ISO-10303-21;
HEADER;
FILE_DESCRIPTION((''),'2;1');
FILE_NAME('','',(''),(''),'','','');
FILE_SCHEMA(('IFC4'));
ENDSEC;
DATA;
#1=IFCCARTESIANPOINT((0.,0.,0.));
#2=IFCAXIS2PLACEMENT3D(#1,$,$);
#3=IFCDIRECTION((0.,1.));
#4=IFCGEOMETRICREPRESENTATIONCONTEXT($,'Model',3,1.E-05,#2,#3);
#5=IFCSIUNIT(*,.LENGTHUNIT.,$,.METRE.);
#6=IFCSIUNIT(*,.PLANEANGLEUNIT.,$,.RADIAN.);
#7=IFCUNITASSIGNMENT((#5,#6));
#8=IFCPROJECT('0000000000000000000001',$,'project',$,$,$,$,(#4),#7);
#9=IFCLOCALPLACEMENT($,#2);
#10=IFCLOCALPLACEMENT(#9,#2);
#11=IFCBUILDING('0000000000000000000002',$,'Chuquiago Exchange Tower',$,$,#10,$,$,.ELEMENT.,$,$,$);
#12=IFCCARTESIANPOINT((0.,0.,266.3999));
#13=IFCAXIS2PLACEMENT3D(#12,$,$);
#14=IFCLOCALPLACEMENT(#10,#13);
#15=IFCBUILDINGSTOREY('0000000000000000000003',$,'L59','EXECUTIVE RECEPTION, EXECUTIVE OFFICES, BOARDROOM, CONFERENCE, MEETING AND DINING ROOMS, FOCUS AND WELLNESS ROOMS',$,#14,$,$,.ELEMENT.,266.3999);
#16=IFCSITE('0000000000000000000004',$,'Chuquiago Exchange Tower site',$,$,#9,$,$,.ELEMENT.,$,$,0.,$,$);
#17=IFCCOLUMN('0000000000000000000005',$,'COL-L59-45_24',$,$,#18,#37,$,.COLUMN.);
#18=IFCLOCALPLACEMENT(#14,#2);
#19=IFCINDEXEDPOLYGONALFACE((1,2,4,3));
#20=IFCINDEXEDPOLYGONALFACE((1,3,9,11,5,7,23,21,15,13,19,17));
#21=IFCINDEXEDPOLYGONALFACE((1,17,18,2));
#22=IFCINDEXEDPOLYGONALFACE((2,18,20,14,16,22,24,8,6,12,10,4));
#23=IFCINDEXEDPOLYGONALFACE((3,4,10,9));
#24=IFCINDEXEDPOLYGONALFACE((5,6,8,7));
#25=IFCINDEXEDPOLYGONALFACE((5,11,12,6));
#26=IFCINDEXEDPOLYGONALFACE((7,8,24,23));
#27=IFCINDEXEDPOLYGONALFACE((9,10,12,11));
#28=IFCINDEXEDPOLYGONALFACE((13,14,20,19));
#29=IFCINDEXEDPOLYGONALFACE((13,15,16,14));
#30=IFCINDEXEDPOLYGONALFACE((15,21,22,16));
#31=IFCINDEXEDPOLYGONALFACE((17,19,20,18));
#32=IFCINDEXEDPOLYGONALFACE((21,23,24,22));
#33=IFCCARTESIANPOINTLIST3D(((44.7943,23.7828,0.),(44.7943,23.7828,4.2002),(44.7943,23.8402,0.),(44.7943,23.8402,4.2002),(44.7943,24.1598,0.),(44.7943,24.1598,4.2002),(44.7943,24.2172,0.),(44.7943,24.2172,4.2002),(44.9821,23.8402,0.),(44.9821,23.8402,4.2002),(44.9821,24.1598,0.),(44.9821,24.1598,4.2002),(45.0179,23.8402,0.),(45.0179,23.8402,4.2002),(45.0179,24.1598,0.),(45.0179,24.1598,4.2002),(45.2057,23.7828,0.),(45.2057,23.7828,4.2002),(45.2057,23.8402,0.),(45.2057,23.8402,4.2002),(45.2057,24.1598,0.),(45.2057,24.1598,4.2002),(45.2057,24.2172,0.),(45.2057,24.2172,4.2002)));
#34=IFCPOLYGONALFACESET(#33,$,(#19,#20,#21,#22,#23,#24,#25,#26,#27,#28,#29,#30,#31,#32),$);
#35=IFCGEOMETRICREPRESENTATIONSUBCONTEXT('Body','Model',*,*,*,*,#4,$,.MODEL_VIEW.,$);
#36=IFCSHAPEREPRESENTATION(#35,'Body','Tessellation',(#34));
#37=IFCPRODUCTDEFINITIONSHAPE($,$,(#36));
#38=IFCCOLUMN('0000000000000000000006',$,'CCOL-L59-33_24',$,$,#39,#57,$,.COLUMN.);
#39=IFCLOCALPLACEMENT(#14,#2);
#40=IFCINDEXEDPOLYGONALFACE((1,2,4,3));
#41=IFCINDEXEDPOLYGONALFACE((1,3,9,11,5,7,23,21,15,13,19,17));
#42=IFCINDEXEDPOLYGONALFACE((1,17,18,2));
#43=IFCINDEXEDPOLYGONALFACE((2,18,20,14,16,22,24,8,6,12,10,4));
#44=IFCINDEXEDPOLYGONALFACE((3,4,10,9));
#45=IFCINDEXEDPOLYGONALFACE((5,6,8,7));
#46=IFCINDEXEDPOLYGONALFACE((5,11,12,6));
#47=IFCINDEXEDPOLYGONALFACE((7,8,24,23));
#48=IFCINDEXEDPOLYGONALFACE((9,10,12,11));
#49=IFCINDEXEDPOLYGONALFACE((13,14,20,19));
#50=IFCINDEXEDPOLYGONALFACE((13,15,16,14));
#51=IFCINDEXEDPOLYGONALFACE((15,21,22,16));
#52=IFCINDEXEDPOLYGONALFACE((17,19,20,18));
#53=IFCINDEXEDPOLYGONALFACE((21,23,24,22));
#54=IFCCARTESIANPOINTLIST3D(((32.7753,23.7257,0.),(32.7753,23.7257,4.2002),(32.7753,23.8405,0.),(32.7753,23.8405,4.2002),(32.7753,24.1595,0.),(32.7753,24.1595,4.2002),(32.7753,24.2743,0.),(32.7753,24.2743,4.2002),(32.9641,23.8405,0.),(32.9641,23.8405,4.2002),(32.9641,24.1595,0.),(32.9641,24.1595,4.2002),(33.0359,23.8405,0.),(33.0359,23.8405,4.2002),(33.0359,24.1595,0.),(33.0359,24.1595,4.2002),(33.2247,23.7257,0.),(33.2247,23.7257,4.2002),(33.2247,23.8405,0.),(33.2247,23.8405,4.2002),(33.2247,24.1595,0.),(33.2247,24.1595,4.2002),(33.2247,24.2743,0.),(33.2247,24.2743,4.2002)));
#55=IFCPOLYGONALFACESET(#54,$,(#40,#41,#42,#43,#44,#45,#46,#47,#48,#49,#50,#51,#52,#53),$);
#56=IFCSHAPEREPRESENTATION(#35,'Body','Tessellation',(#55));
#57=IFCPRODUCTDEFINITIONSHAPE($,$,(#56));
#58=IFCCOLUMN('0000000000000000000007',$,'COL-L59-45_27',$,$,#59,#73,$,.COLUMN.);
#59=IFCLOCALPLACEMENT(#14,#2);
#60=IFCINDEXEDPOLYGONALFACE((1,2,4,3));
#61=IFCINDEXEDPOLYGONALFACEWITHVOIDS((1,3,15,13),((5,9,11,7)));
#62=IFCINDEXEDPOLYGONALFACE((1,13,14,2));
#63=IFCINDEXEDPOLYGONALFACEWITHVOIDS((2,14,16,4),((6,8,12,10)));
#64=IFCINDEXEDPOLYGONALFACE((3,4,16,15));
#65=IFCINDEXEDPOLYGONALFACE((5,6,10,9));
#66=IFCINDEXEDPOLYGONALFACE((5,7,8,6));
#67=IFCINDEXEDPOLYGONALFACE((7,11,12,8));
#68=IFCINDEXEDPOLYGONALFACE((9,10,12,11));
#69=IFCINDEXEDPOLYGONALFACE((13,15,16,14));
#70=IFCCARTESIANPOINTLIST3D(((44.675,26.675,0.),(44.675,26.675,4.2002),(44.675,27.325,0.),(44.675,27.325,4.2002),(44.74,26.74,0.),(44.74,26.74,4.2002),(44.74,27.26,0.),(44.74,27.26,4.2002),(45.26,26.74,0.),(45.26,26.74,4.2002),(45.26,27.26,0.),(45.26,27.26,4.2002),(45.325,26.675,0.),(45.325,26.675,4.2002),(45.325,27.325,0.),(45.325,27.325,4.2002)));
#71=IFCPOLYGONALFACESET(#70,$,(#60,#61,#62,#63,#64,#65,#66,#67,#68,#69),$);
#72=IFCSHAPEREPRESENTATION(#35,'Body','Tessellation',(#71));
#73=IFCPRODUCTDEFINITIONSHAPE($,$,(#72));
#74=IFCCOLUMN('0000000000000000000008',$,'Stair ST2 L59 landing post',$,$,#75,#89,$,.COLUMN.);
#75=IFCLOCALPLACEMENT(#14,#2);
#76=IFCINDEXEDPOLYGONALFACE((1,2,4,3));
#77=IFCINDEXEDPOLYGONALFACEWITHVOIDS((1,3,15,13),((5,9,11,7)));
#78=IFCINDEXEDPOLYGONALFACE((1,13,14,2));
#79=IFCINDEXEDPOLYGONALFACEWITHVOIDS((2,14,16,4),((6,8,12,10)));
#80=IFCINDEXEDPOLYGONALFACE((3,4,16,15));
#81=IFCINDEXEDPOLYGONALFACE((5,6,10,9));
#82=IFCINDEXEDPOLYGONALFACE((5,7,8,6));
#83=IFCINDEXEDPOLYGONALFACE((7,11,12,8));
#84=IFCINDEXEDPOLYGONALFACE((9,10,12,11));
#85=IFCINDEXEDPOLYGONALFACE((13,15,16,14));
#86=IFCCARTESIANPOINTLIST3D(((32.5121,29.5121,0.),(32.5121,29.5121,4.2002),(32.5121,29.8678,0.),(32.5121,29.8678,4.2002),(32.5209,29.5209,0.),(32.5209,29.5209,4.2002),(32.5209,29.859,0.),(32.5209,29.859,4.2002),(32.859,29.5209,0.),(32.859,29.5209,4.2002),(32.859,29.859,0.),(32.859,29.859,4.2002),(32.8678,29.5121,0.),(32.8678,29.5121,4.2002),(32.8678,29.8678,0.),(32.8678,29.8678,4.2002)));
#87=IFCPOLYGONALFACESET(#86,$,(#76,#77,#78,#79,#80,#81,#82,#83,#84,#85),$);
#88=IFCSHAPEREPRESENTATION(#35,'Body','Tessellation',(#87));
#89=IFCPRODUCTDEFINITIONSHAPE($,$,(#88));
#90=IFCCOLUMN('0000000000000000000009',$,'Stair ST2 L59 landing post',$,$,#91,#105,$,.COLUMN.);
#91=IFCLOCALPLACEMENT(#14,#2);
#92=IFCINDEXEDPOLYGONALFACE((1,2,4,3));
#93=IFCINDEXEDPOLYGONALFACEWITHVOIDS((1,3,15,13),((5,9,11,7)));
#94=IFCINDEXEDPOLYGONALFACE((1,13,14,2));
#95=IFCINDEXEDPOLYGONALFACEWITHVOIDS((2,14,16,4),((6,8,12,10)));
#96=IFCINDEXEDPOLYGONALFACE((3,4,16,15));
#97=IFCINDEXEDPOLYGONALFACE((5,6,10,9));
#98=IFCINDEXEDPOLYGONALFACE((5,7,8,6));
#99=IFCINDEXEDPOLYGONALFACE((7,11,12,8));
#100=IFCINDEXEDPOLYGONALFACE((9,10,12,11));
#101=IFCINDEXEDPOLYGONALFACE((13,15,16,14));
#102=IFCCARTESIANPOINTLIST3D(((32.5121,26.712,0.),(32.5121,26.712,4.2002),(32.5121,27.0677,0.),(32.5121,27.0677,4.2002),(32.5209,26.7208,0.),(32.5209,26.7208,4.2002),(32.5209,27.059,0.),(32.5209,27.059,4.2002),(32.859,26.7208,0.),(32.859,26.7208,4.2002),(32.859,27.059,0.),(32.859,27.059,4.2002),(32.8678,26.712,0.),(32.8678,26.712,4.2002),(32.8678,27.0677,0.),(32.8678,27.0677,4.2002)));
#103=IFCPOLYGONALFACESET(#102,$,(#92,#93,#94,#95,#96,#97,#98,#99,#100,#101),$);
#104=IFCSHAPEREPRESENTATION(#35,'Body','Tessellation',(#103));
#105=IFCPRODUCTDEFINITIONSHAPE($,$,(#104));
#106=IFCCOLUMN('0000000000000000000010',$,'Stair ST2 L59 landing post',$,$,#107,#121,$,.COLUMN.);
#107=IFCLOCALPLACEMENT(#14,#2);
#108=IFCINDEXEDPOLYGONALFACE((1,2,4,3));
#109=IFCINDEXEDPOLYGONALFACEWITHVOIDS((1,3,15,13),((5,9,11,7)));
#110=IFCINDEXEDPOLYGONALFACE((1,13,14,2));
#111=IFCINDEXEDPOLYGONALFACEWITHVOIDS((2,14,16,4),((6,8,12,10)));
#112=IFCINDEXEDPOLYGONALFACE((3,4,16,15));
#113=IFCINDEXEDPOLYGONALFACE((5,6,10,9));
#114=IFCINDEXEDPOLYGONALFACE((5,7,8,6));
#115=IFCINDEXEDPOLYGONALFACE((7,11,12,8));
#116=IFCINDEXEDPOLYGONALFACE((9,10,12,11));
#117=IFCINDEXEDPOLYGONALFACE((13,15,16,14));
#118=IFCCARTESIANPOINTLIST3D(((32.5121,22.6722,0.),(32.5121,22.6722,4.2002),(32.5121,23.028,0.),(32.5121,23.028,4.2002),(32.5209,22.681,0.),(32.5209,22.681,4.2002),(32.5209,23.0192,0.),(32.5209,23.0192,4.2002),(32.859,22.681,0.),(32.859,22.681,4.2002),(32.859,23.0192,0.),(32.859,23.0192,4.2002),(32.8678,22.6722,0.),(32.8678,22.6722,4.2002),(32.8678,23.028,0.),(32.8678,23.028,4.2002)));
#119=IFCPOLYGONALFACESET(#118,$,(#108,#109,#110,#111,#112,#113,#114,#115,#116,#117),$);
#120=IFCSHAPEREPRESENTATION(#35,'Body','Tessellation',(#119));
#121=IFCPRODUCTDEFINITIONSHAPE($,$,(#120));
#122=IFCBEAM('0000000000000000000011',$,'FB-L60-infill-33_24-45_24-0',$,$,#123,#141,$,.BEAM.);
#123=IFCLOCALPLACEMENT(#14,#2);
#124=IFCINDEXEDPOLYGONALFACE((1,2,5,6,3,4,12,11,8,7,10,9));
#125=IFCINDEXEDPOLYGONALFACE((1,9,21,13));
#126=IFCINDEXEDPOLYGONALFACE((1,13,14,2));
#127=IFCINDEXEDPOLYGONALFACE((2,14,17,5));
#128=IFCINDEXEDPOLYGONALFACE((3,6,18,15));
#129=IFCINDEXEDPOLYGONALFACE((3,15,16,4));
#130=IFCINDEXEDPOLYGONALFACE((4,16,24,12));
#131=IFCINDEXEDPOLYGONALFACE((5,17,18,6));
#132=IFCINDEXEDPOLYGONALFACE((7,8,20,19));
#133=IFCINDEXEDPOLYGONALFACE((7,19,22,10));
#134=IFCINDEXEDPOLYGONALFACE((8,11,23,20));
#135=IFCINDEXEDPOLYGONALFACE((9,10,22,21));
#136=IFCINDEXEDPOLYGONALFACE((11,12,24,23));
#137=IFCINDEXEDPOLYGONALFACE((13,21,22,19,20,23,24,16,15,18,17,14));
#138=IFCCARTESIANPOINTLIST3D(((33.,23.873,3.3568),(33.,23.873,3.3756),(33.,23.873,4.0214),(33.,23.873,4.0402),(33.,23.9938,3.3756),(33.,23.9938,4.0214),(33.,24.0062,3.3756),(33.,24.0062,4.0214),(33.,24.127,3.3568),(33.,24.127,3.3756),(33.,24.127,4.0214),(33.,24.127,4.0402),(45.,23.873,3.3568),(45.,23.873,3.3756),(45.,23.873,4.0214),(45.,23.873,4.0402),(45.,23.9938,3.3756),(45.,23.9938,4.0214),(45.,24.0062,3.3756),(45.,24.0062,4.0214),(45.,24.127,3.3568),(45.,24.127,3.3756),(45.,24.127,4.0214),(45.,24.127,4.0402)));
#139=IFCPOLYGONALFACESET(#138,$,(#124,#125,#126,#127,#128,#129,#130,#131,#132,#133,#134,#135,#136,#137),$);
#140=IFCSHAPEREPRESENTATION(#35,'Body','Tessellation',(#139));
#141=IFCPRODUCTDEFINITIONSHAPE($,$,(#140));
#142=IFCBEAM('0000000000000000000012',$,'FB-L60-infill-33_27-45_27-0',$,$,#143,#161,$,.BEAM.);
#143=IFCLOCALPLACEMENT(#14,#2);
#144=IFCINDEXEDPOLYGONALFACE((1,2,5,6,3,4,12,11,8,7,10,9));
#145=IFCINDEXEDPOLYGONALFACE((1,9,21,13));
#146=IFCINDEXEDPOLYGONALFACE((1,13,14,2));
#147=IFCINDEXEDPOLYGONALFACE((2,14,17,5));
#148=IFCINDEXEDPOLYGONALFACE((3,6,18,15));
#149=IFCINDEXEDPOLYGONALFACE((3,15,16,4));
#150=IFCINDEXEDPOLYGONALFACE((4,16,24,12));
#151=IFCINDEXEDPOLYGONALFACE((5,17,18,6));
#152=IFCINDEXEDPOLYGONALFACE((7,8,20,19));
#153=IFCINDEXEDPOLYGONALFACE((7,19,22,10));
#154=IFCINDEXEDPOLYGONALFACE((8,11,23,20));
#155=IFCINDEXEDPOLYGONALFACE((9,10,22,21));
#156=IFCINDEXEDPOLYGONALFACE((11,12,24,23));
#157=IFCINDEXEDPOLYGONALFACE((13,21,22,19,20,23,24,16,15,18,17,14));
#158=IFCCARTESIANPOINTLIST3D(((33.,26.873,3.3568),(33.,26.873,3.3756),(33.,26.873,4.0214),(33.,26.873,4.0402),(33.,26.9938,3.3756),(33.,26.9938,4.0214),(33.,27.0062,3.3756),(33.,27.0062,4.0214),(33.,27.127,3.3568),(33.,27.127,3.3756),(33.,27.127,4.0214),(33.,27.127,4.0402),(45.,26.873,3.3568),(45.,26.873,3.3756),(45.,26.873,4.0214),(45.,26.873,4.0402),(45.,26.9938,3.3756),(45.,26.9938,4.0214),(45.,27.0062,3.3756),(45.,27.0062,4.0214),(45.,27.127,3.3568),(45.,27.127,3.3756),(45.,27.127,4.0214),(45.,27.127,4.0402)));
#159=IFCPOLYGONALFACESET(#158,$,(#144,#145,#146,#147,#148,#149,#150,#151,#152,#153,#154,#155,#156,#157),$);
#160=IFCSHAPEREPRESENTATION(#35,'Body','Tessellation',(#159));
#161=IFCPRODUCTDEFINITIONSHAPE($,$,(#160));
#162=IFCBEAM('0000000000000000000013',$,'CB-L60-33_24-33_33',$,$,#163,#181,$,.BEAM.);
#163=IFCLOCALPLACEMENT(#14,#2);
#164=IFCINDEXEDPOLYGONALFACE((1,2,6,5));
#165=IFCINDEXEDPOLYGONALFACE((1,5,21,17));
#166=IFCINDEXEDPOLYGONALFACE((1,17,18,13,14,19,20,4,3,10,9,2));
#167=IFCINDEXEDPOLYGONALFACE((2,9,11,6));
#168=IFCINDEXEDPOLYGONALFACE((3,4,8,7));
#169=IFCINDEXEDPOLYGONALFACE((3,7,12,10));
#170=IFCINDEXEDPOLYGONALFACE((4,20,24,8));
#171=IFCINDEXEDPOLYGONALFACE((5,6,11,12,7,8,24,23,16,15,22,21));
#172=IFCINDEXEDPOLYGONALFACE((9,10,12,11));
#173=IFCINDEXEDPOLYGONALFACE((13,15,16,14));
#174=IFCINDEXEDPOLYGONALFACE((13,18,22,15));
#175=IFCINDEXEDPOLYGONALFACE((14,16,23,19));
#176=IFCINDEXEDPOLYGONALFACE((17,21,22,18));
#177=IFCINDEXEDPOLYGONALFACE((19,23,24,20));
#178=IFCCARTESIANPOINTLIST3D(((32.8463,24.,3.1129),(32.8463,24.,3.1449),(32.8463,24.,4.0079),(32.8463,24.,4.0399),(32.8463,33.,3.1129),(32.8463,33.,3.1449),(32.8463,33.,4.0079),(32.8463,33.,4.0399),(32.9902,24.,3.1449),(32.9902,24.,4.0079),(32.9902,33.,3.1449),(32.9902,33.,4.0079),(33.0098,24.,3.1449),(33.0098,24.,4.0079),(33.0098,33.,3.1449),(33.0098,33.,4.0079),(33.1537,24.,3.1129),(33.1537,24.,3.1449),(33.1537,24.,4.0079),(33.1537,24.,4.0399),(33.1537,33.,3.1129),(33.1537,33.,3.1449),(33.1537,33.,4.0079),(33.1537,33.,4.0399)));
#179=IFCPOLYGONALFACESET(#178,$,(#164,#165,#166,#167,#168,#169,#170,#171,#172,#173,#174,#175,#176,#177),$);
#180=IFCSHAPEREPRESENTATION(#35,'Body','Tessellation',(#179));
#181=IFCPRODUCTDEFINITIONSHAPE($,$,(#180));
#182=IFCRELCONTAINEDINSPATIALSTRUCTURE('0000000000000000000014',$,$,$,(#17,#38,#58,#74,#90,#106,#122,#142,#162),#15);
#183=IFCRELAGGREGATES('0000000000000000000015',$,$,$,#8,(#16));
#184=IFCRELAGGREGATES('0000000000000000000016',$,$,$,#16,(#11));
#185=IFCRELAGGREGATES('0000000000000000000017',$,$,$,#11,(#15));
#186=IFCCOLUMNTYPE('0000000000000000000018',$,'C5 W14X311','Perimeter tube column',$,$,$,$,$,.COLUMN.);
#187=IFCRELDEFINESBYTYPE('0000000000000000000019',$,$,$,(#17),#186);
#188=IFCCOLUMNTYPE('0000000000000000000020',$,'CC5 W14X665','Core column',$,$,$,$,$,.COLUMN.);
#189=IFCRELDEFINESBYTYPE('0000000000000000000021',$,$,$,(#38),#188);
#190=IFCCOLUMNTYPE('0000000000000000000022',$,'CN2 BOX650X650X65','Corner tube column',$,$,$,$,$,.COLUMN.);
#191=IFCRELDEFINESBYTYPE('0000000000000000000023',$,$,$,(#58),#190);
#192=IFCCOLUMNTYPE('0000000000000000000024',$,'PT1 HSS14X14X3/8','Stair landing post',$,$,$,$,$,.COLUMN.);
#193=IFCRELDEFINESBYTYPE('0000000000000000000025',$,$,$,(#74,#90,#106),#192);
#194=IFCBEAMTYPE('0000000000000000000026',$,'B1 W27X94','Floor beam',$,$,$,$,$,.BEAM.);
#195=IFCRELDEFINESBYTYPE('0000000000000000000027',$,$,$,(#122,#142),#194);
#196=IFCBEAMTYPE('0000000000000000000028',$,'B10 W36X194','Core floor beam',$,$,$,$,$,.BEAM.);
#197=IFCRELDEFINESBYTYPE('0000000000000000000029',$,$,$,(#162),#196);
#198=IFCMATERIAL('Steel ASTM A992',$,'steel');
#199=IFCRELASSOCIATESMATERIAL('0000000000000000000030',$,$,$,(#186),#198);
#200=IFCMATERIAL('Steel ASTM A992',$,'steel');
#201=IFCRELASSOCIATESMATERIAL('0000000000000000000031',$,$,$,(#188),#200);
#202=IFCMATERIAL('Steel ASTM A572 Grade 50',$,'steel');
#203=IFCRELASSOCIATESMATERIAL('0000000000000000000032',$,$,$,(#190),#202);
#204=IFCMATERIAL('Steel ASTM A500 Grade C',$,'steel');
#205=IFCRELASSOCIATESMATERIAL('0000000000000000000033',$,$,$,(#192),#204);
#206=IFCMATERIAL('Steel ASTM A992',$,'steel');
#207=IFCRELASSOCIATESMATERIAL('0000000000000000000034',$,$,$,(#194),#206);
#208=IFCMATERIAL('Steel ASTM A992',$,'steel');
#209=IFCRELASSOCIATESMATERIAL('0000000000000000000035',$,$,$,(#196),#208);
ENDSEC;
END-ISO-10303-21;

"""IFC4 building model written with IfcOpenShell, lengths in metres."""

from ifc_helpers import new_model, si_unit, direction, frame, origin, origin_2d, place, context, subcontext, project, spatial, hollow_rectangle, i_section, extrude, material, material_profile, profile_set, type_object, element, save


model = new_model("IFC4")

# Units and contexts
model_context = context("Model", 3, precision=1e-05, world=origin(), true_north=direction((0.0, 1.0)))
body_context = subcontext(model_context, "Body", "Model", "MODEL_VIEW")
ifc_project = project(units=[si_unit("LENGTHUNIT", "METRE"), si_unit("PLANEANGLEUNIT", "RADIAN")], contexts=[model_context])

# Site, building, storey
site_placement = place(None, origin())
site = spatial("IfcSite", under=ifc_project, at=site_placement, Name="Chuquiago Exchange Tower site", CompositionType="ELEMENT", RefElevation=0.0)
building_placement = place(site_placement, origin())
building = spatial("IfcBuilding", under=site, at=building_placement, Name="Chuquiago Exchange Tower", CompositionType="ELEMENT")
storey_placement = place(building_placement, frame((0.0, 0.0, 266.3999)))
storey = spatial("IfcBuildingStorey", under=building, at=storey_placement, Name="L59", Description="EXECUTIVE RECEPTION, EXECUTIVE OFFICES, BOARDROOM, CONFERENCE, MEETING AND DINING ROOMS, FOCUS AND WELLNESS ROOMS", CompositionType="ELEMENT", Elevation=266.3999)

# Columns
ifc_material_1 = material(Name="Steel ASTM A992", Category="steel")
ifc_material_profile_1 = material_profile(ifc_material_1, i_section(OverallWidth=0.4114, OverallDepth=0.4343, WebThickness=0.0359, FlangeThickness=0.0574, at=origin_2d()), Name="W14X311")
ifc_profile_set_1 = profile_set([ifc_material_profile_1], Name="Steel ASTM A992")
column_type_1 = type_object("IfcColumnType", Name="C5 W14X311", Description="Perimeter tube column", PredefinedType="COLUMN", material=ifc_profile_set_1)
column_1_placement = place(storey_placement, frame((45.0, 24.0, 0.0), z_axis=(0.0, 0.0, 1.0), x_axis=(1.0, 0.0, 0.0)))
element("IfcColumn", 1, at=column_1_placement, inside=storey, type_object=column_type_1, Name="COL-L59-45_24", PredefinedType="COLUMN", context=body_context, shape_type="SweptSolid", body=[
    extrude(i_section(OverallWidth=0.4114, OverallDepth=0.4343, WebThickness=0.0359, FlangeThickness=0.0574, at=origin_2d()), origin(), (0.0, 0.0, 1.0), 4.2002),
])
ifc_material_2 = material(Name="Steel ASTM A992", Category="steel")
ifc_material_profile_2 = material_profile(ifc_material_2, i_section(OverallWidth=0.4495, OverallDepth=0.5486, WebThickness=0.0718, FlangeThickness=0.1147, at=origin_2d()), Name="W14X665")
ifc_profile_set_2 = profile_set([ifc_material_profile_2], Name="Steel ASTM A992")
column_type_2 = type_object("IfcColumnType", Name="CC5 W14X665", Description="Core column", PredefinedType="COLUMN", material=ifc_profile_set_2)
column_2_placement = place(storey_placement, frame((33.0, 24.0, 0.0), z_axis=(0.0, 0.0, 1.0), x_axis=(1.0, 0.0, 0.0)))
element("IfcColumn", 2, at=column_2_placement, inside=storey, type_object=column_type_2, Name="CCOL-L59-33_24", PredefinedType="COLUMN", context=body_context, shape_type="SweptSolid", body=[
    extrude(i_section(OverallWidth=0.4495, OverallDepth=0.5486, WebThickness=0.0718, FlangeThickness=0.1147, at=origin_2d()), origin(), (0.0, 0.0, 1.0), 4.2002),
])
ifc_material_3 = material(Name="Steel ASTM A572 Grade 50", Category="steel")
ifc_material_profile_3 = material_profile(ifc_material_3, hollow_rectangle(XDim=0.6499, YDim=0.6499, WallThickness=0.0649, at=origin_2d()), Name="BOX650X650X65")
ifc_profile_set_3 = profile_set([ifc_material_profile_3], Name="Steel ASTM A572 Grade 50")
column_type_3 = type_object("IfcColumnType", Name="CN2 BOX650X650X65", Description="Corner tube column", PredefinedType="COLUMN", material=ifc_profile_set_3)
column_3_placement = place(storey_placement, frame((45.0, 27.0, 0.0), z_axis=(0.0, 0.0, 1.0), x_axis=(1.0, 0.0, 0.0)))
element("IfcColumn", 3, at=column_3_placement, inside=storey, type_object=column_type_3, Name="COL-L59-45_27", PredefinedType="COLUMN", context=body_context, shape_type="SweptSolid", body=[
    extrude(hollow_rectangle(XDim=0.6499, YDim=0.6499, WallThickness=0.0649, at=origin_2d()), origin(), (0.0, 0.0, 1.0), 4.2002),
])
ifc_material_4 = material(Name="Steel ASTM A500 Grade C", Category="steel")
ifc_material_profile_4 = material_profile(ifc_material_4, hollow_rectangle(XDim=0.3557, YDim=0.3557, WallThickness=0.0088, at=origin_2d()), Name="HSS14X14X3/8")
ifc_profile_set_4 = profile_set([ifc_material_profile_4], Name="Steel ASTM A500 Grade C")
column_type_4 = type_object("IfcColumnType", Name="PT1 HSS14X14X3/8", Description="Stair landing post", PredefinedType="COLUMN", material=ifc_profile_set_4)
for number, where, z_axis, x_axis, name in (
    (4, (32.6899, 29.6899, 0.0), (0.0, 0.0, 1.0), (1.0, 0.0, 0.0), "Stair ST2 L59 landing post"),
    (5, (32.6899, 26.8899, 0.0), (0.0, 0.0, 1.0), (1.0, 0.0, 0.0), "Stair ST2 L59 landing post"),
    (6, (32.6899, 22.8501, 0.0), (0.0, 0.0, 1.0), (1.0, 0.0, 0.0), "Stair ST2 L59 landing post"),
):
    element("IfcColumn", number, at=place(storey_placement, frame(where, z_axis=z_axis, x_axis=x_axis)), inside=storey, type_object=column_type_4, Name=name, PredefinedType="COLUMN", context=body_context, shape_type="SweptSolid", body=[
        extrude(hollow_rectangle(XDim=0.3557, YDim=0.3557, WallThickness=0.0088, at=origin_2d()), origin(), (0.0, 0.0, 1.0), 4.2002),
    ])

# Beams
ifc_material_5 = material(Name="Steel ASTM A992", Category="steel")
ifc_material_profile_5 = material_profile(ifc_material_5, i_section(OverallWidth=0.2539, OverallDepth=0.6833, WebThickness=0.0125, FlangeThickness=0.0188, at=origin_2d()), Name="W27X94")
ifc_profile_set_5 = profile_set([ifc_material_profile_5], Name="Steel ASTM A992")
beam_type_1 = type_object("IfcBeamType", Name="B1 W27X94", Description="Floor beam", PredefinedType="BEAM", material=ifc_profile_set_5)
for number, where, z_axis, x_axis, name in (
    (7, (33.0, 24.0, 3.6985), (1.0, 0.0, 0.0), (0.0, 1.0, 0.0), "FB-L60-infill-33_24-45_24-0"),
    (8, (33.0, 27.0, 3.6985), (1.0, 0.0, 0.0), (0.0, 1.0, 0.0), "FB-L60-infill-33_27-45_27-0"),
):
    element("IfcBeam", number, at=place(storey_placement, frame(where, z_axis=z_axis, x_axis=x_axis)), inside=storey, type_object=beam_type_1, Name=name, PredefinedType="BEAM", context=body_context, shape_type="SweptSolid", body=[
        extrude(i_section(OverallWidth=0.2539, OverallDepth=0.6833, WebThickness=0.0125, FlangeThickness=0.0188, at=origin_2d()), origin(), (0.0, 0.0, 1.0), 12.0),
    ])
ifc_material_6 = material(Name="Steel ASTM A992", Category="steel")
ifc_material_profile_6 = material_profile(ifc_material_6, i_section(OverallWidth=0.3074, OverallDepth=0.927, WebThickness=0.0195, FlangeThickness=0.032, at=origin_2d()), Name="W36X194")
ifc_profile_set_6 = profile_set([ifc_material_profile_6], Name="Steel ASTM A992")
beam_type_2 = type_object("IfcBeamType", Name="B10 W36X194", Description="Core floor beam", PredefinedType="BEAM", material=ifc_profile_set_6)
beam_1_placement = place(storey_placement, frame((33.0, 24.0, 3.5764), z_axis=(0.0, 1.0, 0.0), x_axis=(-1.0, 0.0, 0.0)))
element("IfcBeam", 9, at=beam_1_placement, inside=storey, type_object=beam_type_2, Name="CB-L60-33_24-33_33", PredefinedType="BEAM", context=body_context, shape_type="SweptSolid", body=[
    extrude(i_section(OverallWidth=0.3074, OverallDepth=0.927, WebThickness=0.0195, FlangeThickness=0.032, at=origin_2d()), origin(), (0.0, 0.0, 1.0), 9.0),
])

save(model, "model.ifc")
